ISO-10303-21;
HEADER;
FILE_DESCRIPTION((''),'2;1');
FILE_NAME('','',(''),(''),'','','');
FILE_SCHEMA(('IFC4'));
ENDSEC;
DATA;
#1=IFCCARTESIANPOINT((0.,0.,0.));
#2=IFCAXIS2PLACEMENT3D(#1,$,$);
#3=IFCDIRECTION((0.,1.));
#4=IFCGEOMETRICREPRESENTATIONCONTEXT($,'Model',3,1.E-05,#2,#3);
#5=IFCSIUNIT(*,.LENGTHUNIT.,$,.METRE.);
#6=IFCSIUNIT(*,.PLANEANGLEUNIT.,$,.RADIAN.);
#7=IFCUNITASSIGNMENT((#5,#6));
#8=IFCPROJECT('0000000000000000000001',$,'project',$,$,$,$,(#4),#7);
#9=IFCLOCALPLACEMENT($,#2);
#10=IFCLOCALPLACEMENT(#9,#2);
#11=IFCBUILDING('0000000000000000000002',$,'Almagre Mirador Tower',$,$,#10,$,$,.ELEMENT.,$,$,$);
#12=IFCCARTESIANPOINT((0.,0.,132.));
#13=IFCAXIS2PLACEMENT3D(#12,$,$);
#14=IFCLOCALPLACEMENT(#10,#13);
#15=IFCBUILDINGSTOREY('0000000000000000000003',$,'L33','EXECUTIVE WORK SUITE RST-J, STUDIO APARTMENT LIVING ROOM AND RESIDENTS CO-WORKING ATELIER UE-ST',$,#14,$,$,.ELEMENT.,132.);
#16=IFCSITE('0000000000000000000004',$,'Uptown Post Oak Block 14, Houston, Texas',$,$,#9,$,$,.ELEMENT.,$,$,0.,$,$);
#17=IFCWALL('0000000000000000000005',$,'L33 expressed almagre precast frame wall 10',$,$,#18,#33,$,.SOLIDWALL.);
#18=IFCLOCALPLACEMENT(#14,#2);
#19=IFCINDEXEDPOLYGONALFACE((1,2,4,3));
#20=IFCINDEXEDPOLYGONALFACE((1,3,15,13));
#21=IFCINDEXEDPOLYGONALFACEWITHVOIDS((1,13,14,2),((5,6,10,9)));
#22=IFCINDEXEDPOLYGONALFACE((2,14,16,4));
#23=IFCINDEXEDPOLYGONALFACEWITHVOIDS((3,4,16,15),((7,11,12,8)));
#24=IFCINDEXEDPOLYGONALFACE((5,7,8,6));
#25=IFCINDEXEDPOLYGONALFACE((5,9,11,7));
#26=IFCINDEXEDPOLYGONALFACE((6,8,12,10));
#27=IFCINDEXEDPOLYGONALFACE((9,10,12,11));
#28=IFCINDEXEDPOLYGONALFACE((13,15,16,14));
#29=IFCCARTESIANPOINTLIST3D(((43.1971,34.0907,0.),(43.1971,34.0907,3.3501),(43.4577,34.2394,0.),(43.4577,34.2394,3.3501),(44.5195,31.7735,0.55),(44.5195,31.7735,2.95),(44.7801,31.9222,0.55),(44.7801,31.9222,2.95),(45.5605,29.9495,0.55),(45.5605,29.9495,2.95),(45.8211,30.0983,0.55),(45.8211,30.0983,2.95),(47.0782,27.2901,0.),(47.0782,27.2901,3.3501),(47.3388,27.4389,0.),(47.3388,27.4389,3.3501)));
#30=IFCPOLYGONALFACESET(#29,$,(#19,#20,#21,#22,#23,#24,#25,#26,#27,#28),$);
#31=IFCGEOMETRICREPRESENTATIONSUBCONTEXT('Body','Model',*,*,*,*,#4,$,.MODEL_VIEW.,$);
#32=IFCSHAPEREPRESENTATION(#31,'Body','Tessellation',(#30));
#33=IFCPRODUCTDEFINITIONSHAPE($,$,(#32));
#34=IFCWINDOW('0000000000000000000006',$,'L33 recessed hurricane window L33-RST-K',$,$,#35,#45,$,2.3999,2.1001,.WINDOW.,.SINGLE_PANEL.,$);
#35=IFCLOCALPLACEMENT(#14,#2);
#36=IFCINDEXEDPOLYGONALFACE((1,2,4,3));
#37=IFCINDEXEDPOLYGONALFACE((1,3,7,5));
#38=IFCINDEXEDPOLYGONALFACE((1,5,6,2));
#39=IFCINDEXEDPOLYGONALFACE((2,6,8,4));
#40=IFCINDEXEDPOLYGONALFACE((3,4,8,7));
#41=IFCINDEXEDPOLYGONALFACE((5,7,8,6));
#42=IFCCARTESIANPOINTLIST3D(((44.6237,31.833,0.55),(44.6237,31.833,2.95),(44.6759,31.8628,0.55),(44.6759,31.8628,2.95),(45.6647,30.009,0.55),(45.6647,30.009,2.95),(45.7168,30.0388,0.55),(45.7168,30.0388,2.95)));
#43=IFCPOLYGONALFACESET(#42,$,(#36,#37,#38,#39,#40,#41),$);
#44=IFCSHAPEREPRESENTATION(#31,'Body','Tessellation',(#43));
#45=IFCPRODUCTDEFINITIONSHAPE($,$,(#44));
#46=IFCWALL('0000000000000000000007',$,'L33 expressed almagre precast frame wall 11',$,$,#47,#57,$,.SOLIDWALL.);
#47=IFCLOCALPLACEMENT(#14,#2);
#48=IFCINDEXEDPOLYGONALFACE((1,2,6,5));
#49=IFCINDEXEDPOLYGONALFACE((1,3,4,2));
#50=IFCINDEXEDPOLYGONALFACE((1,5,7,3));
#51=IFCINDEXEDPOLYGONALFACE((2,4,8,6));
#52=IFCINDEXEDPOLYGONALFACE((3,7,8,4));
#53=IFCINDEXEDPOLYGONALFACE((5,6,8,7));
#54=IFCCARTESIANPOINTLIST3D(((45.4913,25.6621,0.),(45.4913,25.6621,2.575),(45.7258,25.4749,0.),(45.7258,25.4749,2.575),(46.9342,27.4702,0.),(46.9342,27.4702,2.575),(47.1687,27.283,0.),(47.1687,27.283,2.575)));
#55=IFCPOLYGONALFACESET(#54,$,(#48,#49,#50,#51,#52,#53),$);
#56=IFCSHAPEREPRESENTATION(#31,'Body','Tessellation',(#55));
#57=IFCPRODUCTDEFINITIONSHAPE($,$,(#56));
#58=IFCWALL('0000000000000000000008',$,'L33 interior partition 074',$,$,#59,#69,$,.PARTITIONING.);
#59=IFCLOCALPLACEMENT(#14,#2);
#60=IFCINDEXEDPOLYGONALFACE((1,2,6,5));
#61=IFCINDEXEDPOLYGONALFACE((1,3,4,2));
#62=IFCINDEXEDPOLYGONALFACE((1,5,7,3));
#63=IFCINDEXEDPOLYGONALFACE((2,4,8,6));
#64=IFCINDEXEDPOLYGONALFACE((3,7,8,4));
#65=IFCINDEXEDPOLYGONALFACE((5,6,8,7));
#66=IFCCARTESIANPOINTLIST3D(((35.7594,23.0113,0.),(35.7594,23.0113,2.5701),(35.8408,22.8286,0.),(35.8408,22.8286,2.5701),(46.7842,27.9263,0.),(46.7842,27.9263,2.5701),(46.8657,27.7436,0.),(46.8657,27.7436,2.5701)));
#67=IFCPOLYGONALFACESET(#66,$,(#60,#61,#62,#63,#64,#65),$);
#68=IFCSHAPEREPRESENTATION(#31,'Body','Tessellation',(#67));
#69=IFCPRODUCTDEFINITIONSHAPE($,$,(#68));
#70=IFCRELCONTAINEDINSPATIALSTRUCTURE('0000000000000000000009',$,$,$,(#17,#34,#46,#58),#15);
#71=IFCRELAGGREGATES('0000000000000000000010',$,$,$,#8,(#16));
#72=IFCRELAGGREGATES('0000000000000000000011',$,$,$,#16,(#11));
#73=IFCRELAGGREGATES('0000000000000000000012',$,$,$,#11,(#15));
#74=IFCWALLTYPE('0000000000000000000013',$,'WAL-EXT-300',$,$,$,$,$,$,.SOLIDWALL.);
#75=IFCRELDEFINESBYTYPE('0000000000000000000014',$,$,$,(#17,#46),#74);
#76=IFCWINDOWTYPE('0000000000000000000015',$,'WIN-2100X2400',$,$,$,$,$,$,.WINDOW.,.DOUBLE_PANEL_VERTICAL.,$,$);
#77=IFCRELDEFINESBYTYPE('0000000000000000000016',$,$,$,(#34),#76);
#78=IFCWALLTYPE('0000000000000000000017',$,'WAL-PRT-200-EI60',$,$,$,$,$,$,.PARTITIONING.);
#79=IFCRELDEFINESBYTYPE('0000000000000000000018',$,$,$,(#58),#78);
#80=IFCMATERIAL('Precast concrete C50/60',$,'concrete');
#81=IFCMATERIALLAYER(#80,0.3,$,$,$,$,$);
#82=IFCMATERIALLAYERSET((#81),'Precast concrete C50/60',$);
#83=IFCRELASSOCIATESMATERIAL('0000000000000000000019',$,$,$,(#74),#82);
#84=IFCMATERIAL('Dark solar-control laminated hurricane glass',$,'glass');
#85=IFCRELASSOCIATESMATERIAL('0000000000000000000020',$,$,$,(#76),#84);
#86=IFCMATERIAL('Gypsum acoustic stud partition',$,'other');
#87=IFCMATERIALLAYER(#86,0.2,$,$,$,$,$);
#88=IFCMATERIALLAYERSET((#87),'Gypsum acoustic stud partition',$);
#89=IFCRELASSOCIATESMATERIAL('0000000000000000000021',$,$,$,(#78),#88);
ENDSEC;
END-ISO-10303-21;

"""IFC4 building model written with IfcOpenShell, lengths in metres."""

from ifc_helpers import new_model, si_unit, direction, frame, frame_2d, origin, place, context, subcontext, project, spatial, rectangle, extrude, material, layer, layer_set, type_object, element, fill, save


model = new_model("IFC4")

# Units and contexts
model_context = context("Model", 3, precision=1e-05, world=origin(), true_north=direction((0.0, 1.0)))
body_context = subcontext(model_context, "Body", "Model", "MODEL_VIEW")
ifc_project = project(units=[si_unit("LENGTHUNIT", "METRE"), si_unit("PLANEANGLEUNIT", "RADIAN")], contexts=[model_context])

# Site, building, storey
site_placement = place(None, origin())
site = spatial("IfcSite", under=ifc_project, at=site_placement, Name="Uptown Post Oak Block 14, Houston, Texas", CompositionType="ELEMENT", RefElevation=0.0)
building_placement = place(site_placement, origin())
building = spatial("IfcBuilding", under=site, at=building_placement, Name="Almagre Mirador Tower", CompositionType="ELEMENT")
storey_placement = place(building_placement, frame((0.0, 0.0, 132.0)))
storey = spatial("IfcBuildingStorey", under=building, at=storey_placement, Name="L33", Description="EXECUTIVE WORK SUITE RST-J, STUDIO APARTMENT LIVING ROOM AND RESIDENTS CO-WORKING ATELIER UE-ST", CompositionType="ELEMENT", Elevation=132.0)

# Shared definitions
ifc_material_1 = material(Name="Precast concrete C50/60", Category="concrete")
ifc_layer_1 = layer(ifc_material_1, 0.3)
ifc_layer_set_1 = layer_set([ifc_layer_1], Name="Precast concrete C50/60")
wall_type_1 = type_object("IfcWallType", Name="WAL-EXT-300", PredefinedType="SOLIDWALL", material=ifc_layer_set_1)

# Wall, opening, window
wall_1_placement = place(storey_placement, frame((43.3274, 34.165, 0.0), z_axis=(0.0, 0.0, 1.0), x_axis=(0.495665, -0.868514, 0.0)))
wall_1 = element("IfcWall", 1, at=wall_1_placement, inside=storey, type_object=wall_type_1, Name="L33 expressed almagre precast frame wall 10", PredefinedType="SOLIDWALL", context=body_context, shape_type="SweptSolid", body=[
    extrude(rectangle(XDim=7.8301, YDim=0.3, at=frame_2d((3.915, 0.0))), origin(), (0.0, 0.0, 1.0), 3.3501),
])
opening_1_placement = place(wall_1_placement, frame((2.668, 0.0, 0.55)))
opening_1 = element("IfcOpeningElement", 2, at=opening_1_placement, cuts=wall_1, PredefinedType="OPENING", context=body_context, shape_type="SweptSolid", body=[
    extrude(rectangle(XDim=2.1001, YDim=2.3999, at=frame_2d((1.05, 1.2))), frame((0.0, 0.1599, 0.0), z_axis=(0.0, -1.0, 0.0), x_axis=(1.0, 0.0, 0.0)), (0.0, 0.0, 1.0), 0.32),
])
ifc_material_2 = material(Name="Dark solar-control laminated hurricane glass", Category="glass")
window_type_1 = type_object("IfcWindowType", Name="WIN-2100X2400", PartitioningType="DOUBLE_PANEL_VERTICAL", PredefinedType="WINDOW", material=ifc_material_2)
window_1_placement = place(opening_1_placement, origin())
window_1 = element("IfcWindow", 3, at=window_1_placement, inside=storey, type_object=window_type_1, Name="L33 recessed hurricane window L33-RST-K", OverallHeight=2.3999, OverallWidth=2.1001, PartitioningType="SINGLE_PANEL", PredefinedType="WINDOW", context=body_context, shape_type="SweptSolid", body=[
    extrude(rectangle(XDim=2.1001, YDim=2.3999, at=frame_2d((1.05, 1.2))), frame((0.0, 0.03, 0.0), z_axis=(0.0, -1.0, 0.0), x_axis=(1.0, 0.0, 0.0)), (0.0, 0.0, 1.0), 0.0601),
])
fill(opening_1, window_1)

# Walls
wall_2_placement = place(storey_placement, frame((47.0515, 27.3767, 0.0), z_axis=(0.0, 0.0, 1.0), x_axis=(-0.623742, -0.78163, 0.0)))
element("IfcWall", 4, at=wall_2_placement, inside=storey, type_object=wall_type_1, Name="L33 expressed almagre precast frame wall 11", PredefinedType="SOLIDWALL", context=body_context, shape_type="SweptSolid", body=[
    extrude(rectangle(XDim=2.3132, YDim=0.3, at=frame_2d((1.1567, 0.0))), origin(), (0.0, 0.0, 1.0), 2.575),
])
ifc_material_3 = material(Name="Gypsum acoustic stud partition", Category="other")
ifc_layer_2 = layer(ifc_material_3, 0.2)
ifc_layer_set_2 = layer_set([ifc_layer_2], Name="Gypsum acoustic stud partition")
wall_type_2 = type_object("IfcWallType", Name="WAL-PRT-200-EI60", PredefinedType="PARTITIONING", material=ifc_layer_set_2)
wall_3_placement = place(storey_placement, frame((46.825, 27.835, 0.0), z_axis=(0.0, 0.0, 1.0), x_axis=(-0.913347, -0.407182, 0.0)))
element("IfcWall", 5, at=wall_3_placement, inside=storey, type_object=wall_type_2, Name="L33 interior partition 074", PredefinedType="PARTITIONING", context=body_context, shape_type="SweptSolid", body=[
    extrude(rectangle(XDim=12.0708, YDim=0.2, at=frame_2d((6.0354, 0.0))), origin(), (0.0, 0.0, 1.0), 2.5701),
])

save(model, "model.ifc")
